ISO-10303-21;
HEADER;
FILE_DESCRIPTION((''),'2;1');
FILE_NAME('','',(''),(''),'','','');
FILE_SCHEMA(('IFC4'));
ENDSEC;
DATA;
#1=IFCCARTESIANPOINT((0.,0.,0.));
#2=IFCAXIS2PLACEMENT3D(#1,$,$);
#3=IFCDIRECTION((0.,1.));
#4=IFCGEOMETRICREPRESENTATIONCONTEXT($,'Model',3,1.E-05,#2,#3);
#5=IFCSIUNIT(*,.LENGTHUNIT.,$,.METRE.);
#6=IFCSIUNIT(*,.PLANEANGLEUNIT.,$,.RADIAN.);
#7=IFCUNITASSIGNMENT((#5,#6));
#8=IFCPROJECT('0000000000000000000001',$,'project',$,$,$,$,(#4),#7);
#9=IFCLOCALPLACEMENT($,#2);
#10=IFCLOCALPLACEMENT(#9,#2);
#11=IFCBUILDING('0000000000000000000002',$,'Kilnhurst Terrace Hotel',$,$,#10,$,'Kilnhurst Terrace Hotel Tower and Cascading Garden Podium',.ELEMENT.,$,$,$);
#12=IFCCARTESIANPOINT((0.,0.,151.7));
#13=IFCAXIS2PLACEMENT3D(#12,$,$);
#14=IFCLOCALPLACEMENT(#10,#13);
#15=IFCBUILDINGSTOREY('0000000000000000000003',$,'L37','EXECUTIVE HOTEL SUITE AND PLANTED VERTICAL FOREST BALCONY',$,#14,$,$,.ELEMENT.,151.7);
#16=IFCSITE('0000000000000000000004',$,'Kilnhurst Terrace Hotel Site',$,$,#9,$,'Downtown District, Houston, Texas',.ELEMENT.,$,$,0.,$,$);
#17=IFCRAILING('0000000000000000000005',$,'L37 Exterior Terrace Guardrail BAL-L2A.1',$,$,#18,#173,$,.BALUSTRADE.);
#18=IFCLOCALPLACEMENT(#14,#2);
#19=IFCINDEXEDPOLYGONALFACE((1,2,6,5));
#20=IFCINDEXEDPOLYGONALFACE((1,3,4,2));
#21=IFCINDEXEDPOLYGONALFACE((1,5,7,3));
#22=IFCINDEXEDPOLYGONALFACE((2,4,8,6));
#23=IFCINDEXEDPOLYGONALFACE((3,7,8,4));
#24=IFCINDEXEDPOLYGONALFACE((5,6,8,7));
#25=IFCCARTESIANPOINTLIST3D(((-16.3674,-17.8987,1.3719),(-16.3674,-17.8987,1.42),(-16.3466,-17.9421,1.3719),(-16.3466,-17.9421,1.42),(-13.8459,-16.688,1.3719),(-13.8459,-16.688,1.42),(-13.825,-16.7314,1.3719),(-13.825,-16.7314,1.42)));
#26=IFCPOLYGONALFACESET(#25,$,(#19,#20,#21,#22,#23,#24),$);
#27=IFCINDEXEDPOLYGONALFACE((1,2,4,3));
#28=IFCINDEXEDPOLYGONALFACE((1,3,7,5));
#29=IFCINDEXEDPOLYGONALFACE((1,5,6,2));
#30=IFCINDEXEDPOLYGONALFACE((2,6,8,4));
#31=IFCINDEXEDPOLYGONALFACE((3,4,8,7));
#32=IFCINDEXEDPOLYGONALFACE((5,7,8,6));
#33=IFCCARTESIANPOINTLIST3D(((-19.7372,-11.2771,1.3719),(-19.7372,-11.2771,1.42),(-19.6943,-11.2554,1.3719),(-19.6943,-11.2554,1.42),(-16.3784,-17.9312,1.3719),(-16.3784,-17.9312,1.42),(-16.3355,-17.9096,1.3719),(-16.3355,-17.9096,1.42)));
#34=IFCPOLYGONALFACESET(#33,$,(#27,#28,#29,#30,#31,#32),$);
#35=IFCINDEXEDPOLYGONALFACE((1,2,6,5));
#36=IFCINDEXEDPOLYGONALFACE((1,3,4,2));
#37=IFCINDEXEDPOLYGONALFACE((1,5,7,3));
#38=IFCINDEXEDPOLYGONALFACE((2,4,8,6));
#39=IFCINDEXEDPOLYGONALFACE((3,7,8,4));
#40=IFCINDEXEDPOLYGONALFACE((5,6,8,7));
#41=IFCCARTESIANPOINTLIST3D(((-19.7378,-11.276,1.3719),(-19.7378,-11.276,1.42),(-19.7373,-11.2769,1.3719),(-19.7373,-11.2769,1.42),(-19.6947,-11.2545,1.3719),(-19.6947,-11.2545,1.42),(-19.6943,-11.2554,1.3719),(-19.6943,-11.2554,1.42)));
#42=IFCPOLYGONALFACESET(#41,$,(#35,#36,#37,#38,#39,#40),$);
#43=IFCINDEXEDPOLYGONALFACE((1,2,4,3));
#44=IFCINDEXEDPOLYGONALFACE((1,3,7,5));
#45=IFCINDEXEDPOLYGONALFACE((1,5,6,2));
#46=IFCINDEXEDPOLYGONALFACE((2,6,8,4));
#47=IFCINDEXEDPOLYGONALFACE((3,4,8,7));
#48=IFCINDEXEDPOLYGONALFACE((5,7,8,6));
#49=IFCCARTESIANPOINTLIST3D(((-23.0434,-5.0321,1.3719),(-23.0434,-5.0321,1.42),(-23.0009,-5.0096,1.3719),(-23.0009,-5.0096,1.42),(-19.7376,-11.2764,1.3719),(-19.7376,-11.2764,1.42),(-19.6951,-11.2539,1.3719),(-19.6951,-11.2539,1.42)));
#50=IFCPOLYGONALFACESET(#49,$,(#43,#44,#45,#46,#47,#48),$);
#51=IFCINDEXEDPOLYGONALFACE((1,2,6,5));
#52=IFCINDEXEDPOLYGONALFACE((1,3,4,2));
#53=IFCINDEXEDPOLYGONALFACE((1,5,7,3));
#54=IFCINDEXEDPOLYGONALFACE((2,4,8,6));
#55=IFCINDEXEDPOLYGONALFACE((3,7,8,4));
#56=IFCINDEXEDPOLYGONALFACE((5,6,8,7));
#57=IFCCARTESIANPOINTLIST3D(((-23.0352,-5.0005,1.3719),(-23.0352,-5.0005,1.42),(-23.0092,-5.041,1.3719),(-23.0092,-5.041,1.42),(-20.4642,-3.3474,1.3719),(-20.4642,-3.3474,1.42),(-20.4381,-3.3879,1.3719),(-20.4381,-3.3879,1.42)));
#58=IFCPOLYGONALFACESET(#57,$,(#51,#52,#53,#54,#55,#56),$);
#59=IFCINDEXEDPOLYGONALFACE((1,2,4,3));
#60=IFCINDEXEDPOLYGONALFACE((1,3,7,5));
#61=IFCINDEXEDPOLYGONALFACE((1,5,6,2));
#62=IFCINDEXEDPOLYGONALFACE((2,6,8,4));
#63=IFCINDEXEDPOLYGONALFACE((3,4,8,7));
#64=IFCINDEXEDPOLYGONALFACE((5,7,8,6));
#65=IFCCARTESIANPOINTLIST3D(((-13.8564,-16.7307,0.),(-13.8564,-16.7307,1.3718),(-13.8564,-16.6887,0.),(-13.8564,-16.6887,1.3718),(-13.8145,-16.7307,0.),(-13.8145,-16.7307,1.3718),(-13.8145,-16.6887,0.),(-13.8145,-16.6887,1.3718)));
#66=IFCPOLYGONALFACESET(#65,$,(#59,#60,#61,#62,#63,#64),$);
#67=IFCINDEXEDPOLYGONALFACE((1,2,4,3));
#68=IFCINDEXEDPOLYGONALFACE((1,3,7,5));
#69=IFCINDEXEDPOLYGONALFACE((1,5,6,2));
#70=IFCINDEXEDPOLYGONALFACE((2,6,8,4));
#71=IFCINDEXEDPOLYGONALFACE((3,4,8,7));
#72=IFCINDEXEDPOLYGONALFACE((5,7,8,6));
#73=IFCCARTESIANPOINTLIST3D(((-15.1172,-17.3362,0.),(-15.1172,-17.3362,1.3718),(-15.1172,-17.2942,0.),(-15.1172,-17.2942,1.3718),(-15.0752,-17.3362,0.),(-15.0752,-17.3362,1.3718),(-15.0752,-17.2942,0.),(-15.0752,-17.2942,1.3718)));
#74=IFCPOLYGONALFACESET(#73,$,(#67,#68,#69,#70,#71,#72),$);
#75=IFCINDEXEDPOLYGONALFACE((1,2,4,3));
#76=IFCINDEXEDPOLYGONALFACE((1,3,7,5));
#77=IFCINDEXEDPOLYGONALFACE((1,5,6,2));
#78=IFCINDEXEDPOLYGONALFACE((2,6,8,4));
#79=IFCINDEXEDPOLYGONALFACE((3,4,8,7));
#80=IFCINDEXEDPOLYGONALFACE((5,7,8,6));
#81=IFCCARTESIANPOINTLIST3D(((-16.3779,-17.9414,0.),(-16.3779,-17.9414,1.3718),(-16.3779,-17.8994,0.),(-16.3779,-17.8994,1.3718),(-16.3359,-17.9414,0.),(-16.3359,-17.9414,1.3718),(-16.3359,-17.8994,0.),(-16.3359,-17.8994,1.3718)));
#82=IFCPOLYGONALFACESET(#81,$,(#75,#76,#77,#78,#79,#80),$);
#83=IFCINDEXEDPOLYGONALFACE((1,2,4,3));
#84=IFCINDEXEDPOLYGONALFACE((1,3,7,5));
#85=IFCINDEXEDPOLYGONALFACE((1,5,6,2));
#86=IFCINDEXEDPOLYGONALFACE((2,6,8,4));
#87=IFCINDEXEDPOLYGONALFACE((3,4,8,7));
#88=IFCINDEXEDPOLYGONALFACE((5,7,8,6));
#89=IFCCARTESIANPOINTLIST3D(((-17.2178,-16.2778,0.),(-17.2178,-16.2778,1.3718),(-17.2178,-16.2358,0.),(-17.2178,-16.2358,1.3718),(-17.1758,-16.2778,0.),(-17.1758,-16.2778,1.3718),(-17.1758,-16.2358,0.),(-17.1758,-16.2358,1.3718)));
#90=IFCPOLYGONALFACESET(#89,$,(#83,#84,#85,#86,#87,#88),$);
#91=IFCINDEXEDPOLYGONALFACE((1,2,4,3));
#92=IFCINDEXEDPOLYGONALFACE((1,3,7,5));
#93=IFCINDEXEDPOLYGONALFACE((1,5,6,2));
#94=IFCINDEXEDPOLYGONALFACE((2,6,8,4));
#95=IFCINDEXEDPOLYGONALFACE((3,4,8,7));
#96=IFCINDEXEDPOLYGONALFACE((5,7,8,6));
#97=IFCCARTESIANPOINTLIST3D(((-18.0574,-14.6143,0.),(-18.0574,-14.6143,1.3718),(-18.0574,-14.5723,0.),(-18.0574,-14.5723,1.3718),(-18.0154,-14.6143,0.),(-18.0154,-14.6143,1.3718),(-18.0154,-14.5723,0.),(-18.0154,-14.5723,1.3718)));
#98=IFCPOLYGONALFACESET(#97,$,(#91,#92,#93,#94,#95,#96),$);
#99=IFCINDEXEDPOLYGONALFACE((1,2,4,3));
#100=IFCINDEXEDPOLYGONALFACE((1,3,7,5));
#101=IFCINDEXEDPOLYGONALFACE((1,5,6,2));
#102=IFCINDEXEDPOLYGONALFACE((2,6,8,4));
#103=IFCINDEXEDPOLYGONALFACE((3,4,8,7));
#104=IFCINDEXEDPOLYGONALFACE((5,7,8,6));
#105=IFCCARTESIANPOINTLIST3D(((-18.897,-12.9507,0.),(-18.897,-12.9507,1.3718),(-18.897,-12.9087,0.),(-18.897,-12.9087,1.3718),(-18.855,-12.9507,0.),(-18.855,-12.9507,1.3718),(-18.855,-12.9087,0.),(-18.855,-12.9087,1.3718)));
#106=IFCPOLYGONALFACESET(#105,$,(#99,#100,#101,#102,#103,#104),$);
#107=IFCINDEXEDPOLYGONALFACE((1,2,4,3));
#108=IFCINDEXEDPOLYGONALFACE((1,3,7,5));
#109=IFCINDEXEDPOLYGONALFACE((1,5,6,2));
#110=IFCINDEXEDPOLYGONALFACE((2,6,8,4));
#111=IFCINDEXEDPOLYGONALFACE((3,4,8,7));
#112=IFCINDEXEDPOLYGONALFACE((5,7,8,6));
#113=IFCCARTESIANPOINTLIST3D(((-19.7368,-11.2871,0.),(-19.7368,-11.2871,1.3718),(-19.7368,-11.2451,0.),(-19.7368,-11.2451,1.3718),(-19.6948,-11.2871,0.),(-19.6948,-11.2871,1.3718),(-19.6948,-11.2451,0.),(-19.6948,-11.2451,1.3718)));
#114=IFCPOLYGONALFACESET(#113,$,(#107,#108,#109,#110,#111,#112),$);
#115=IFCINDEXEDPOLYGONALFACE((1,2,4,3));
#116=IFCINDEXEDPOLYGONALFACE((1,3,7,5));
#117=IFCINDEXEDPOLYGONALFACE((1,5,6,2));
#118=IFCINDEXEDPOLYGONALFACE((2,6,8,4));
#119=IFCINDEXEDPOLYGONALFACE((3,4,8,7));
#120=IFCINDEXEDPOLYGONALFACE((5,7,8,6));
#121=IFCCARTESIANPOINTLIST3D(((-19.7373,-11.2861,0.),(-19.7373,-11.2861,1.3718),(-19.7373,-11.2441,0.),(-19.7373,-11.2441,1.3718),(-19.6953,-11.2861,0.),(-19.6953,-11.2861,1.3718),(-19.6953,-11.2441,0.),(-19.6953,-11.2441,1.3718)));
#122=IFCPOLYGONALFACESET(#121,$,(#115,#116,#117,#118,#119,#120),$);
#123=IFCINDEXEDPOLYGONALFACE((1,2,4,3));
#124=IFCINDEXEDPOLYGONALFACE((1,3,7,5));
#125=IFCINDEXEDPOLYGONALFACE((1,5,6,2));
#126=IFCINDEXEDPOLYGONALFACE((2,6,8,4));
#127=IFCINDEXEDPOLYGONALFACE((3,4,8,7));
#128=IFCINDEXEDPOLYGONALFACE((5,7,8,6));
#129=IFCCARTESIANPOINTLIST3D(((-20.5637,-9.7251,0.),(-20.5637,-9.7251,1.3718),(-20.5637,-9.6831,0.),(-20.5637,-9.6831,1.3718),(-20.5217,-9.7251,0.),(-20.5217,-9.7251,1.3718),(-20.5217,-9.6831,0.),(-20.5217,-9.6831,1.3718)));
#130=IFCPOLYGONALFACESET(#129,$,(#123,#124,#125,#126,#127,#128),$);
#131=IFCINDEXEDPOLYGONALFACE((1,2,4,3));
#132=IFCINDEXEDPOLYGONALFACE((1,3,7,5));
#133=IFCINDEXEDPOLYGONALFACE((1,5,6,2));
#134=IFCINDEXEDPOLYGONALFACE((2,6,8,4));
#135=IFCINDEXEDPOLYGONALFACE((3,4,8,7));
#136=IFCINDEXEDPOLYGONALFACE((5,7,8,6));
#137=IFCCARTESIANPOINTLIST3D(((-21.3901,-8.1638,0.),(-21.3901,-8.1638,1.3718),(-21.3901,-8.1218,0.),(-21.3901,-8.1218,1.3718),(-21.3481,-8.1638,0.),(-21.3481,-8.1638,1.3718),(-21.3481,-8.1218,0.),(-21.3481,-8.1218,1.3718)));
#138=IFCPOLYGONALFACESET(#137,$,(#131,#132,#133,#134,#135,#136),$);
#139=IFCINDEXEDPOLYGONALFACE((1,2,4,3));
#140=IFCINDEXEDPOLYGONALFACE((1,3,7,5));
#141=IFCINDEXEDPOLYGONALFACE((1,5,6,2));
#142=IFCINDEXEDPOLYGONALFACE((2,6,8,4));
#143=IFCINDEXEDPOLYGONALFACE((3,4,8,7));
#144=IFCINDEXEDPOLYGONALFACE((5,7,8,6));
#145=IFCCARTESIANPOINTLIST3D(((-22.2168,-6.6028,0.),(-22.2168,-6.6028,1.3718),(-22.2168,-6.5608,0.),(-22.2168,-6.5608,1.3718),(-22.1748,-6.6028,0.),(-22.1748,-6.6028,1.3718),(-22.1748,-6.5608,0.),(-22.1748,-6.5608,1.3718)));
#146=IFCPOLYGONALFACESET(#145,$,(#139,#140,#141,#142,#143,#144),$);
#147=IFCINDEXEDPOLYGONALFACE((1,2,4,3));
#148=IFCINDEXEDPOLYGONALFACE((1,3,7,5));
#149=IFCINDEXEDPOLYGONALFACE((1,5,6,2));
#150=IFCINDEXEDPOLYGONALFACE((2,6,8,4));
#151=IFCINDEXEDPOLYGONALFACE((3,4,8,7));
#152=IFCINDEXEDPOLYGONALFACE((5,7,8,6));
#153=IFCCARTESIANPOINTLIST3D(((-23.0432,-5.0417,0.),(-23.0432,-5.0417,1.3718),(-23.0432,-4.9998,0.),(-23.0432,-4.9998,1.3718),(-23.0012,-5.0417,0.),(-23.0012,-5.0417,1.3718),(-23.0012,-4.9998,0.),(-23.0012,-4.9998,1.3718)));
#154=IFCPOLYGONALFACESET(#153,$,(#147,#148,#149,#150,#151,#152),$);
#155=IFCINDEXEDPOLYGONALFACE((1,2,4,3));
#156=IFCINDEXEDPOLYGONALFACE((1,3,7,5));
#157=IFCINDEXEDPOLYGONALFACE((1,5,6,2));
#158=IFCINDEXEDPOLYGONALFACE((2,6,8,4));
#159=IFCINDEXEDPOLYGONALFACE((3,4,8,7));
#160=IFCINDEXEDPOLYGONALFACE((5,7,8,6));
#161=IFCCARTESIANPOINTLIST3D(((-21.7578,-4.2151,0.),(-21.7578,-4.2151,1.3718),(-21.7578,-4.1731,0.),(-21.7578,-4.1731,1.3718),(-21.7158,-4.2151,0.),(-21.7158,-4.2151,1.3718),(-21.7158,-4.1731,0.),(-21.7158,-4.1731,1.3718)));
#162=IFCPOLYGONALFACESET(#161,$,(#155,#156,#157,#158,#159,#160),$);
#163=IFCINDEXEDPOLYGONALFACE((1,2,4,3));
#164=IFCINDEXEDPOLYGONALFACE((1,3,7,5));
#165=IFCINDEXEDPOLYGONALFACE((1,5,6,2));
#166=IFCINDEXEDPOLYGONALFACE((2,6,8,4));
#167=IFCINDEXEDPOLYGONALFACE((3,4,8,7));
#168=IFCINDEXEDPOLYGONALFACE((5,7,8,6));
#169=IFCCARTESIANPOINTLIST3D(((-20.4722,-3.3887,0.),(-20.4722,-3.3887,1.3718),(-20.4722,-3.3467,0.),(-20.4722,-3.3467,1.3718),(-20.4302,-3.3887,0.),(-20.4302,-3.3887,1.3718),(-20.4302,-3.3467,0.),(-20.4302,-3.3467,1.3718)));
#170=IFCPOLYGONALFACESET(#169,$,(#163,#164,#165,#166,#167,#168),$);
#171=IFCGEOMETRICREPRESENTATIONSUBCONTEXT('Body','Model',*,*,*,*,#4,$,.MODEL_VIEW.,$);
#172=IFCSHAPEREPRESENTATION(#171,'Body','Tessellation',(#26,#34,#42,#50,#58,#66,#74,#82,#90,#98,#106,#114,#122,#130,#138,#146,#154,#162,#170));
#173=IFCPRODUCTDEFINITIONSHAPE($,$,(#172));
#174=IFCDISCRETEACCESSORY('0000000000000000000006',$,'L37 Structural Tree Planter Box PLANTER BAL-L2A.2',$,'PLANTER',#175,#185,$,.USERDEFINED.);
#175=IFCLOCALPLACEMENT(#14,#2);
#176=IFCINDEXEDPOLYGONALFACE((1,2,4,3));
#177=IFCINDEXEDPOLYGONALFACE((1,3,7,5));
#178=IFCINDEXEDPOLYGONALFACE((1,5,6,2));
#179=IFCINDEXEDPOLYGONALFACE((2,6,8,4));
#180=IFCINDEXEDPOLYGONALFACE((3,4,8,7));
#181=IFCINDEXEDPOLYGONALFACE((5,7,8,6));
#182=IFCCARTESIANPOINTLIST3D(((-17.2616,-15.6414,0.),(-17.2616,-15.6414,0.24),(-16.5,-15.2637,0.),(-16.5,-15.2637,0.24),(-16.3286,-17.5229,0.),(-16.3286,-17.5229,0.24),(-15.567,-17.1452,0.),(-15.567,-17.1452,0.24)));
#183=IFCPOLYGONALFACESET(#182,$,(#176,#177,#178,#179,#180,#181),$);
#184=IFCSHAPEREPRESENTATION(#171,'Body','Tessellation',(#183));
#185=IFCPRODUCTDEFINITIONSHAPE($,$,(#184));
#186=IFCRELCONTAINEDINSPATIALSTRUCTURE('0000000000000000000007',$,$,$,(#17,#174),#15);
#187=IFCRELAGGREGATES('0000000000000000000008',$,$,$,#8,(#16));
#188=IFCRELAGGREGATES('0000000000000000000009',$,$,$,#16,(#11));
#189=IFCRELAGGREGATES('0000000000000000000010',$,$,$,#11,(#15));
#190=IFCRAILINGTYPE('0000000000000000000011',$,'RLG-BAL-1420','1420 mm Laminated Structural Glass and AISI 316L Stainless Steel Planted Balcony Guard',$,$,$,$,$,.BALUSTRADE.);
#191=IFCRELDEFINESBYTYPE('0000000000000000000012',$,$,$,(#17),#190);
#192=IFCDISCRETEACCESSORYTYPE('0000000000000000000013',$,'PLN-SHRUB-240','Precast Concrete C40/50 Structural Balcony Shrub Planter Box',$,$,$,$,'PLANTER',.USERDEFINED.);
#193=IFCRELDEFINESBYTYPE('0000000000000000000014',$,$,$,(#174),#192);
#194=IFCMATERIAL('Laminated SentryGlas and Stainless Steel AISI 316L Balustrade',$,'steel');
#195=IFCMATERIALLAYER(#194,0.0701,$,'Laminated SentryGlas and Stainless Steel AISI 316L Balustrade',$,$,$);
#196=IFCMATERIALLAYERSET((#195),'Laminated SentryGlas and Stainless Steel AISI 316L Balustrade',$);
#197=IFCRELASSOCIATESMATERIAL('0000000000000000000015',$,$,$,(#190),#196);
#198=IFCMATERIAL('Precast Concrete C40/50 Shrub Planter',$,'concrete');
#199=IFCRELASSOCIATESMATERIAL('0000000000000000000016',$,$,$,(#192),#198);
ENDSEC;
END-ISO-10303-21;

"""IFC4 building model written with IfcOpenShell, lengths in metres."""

from ifc_helpers import new_model, si_unit, direction, frame, origin, origin_2d, place, context, subcontext, project, spatial, rectangle, extrude, material, layer, layer_set, type_object, element, save


model = new_model("IFC4")

# Units and contexts
model_context = context("Model", 3, precision=1e-05, world=origin(), true_north=direction((0.0, 1.0)))
body_context = subcontext(model_context, "Body", "Model", "MODEL_VIEW")
ifc_project = project(units=[si_unit("LENGTHUNIT", "METRE"), si_unit("PLANEANGLEUNIT", "RADIAN")], contexts=[model_context])

# Site, building, storey
site_placement = place(None, origin())
site = spatial("IfcSite", under=ifc_project, at=site_placement, Name="Kilnhurst Terrace Hotel Site", LongName="Downtown District, Houston, Texas", CompositionType="ELEMENT", RefElevation=0.0)
building_placement = place(site_placement, origin())
building = spatial("IfcBuilding", under=site, at=building_placement, Name="Kilnhurst Terrace Hotel", LongName="Kilnhurst Terrace Hotel Tower and Cascading Garden Podium", CompositionType="ELEMENT")
storey_placement = place(building_placement, frame((0.0, 0.0, 151.7)))
storey = spatial("IfcBuildingStorey", under=building, at=storey_placement, Name="L37", Description="EXECUTIVE HOTEL SUITE AND PLANTED VERTICAL FOREST BALCONY", CompositionType="ELEMENT", Elevation=151.7)

# Railing
ifc_material_1 = material(Name="Laminated SentryGlas and Stainless Steel AISI 316L Balustrade", Category="steel")
ifc_layer_1 = layer(ifc_material_1, 0.0701, Name="Laminated SentryGlas and Stainless Steel AISI 316L Balustrade")
ifc_layer_set_1 = layer_set([ifc_layer_1], Name="Laminated SentryGlas and Stainless Steel AISI 316L Balustrade")
railing_type = type_object("IfcRailingType", Name="RLG-BAL-1420", Description="1420 mm Laminated Structural Glass and AISI 316L Stainless Steel Planted Balcony Guard", PredefinedType="BALUSTRADE", material=ifc_layer_set_1)
railing_placement = place(storey_placement, frame((-13.8354, -16.7097, 0.0)))
element("IfcRailing", 1, at=railing_placement, inside=storey, type_object=railing_type, Name="L37 Exterior Terrace Guardrail BAL-L2A.1", PredefinedType="BALUSTRADE", context=body_context, shape_type="SweptSolid", body=[
    extrude(rectangle(XDim=0.0481, YDim=0.0481, at=origin_2d()), frame((0.0, 0.0, 1.396), z_axis=(-0.90147, -0.432842, 0.0), x_axis=(0.432842, -0.90147, 0.0)), (0.0, 0.0, 1.0), 2.7971),
    extrude(rectangle(XDim=0.0481, YDim=0.0481, at=origin_2d()), frame((-2.5215, -1.2107, 1.396), z_axis=(-0.450617, 0.892718, 0.0), x_axis=(-0.892718, -0.450617, 0.0)), (0.0, 0.0, 1.0), 7.4539),
    extrude(rectangle(XDim=0.0481, YDim=0.0481, at=origin_2d()), frame((-5.8804, 5.4436, 1.396), z_axis=(-0.447214, 0.894427, 0.0), x_axis=(-0.894427, -0.447214, 0.0)), (0.0, 0.0, 1.0), 0.001),
    extrude(rectangle(XDim=0.0481, YDim=0.0481, at=origin_2d()), frame((-5.8809, 5.4446, 1.396), z_axis=(-0.467894, 0.883785, 0.0), x_axis=(-0.883785, -0.467894, 0.0)), (0.0, 0.0, 1.0), 7.0654),
    extrude(rectangle(XDim=0.0481, YDim=0.0481, at=origin_2d()), frame((-9.1868, 11.689, 1.396), z_axis=(0.84114, 0.540818, 0.0), x_axis=(-0.540818, 0.84114, 0.0)), (0.0, 0.0, 1.0), 3.0566),
    extrude(rectangle(XDim=0.042, YDim=0.042, at=origin_2d()), origin(), (0.0, 0.0, 1.0), 1.3718),
    extrude(rectangle(XDim=0.042, YDim=0.042, at=origin_2d()), frame((-1.2607, -0.6055, 0.0)), (0.0, 0.0, 1.0), 1.3718),
    extrude(rectangle(XDim=0.042, YDim=0.042, at=origin_2d()), frame((-2.5215, -1.2107, 0.0)), (0.0, 0.0, 1.0), 1.3718),
    extrude(rectangle(XDim=0.042, YDim=0.042, at=origin_2d()), frame((-3.3613, 0.4529, 0.0)), (0.0, 0.0, 1.0), 1.3718),
    extrude(rectangle(XDim=0.042, YDim=0.042, at=origin_2d()), frame((-4.2009, 2.1165, 0.0)), (0.0, 0.0, 1.0), 1.3718),
    extrude(rectangle(XDim=0.042, YDim=0.042, at=origin_2d()), frame((-5.0405, 3.78, 0.0)), (0.0, 0.0, 1.0), 1.3718),
    extrude(rectangle(XDim=0.042, YDim=0.042, at=origin_2d()), frame((-5.8804, 5.4436, 0.0)), (0.0, 0.0, 1.0), 1.3718),
    extrude(rectangle(XDim=0.042, YDim=0.042, at=origin_2d()), frame((-5.8809, 5.4446, 0.0)), (0.0, 0.0, 1.0), 1.3718),
    extrude(rectangle(XDim=0.042, YDim=0.042, at=origin_2d()), frame((-6.7073, 7.0056, 0.0)), (0.0, 0.0, 1.0), 1.3718),
    extrude(rectangle(XDim=0.042, YDim=0.042, at=origin_2d()), frame((-7.5337, 8.5669, 0.0)), (0.0, 0.0, 1.0), 1.3718),
    extrude(rectangle(XDim=0.042, YDim=0.042, at=origin_2d()), frame((-8.3604, 10.1279, 0.0)), (0.0, 0.0, 1.0), 1.3718),
    extrude(rectangle(XDim=0.042, YDim=0.042, at=origin_2d()), frame((-9.1868, 11.689, 0.0)), (0.0, 0.0, 1.0), 1.3718),
    extrude(rectangle(XDim=0.042, YDim=0.042, at=origin_2d()), frame((-7.9014, 12.5156, 0.0)), (0.0, 0.0, 1.0), 1.3718),
    extrude(rectangle(XDim=0.042, YDim=0.042, at=origin_2d()), frame((-6.6157, 13.342, 0.0)), (0.0, 0.0, 1.0), 1.3718),
])

# Discrete accessory
ifc_material_2 = material(Name="Precast Concrete C40/50 Shrub Planter", Category="concrete")
discrete_accessory_type = type_object("IfcDiscreteAccessoryType", Name="PLN-SHRUB-240", Description="Precast Concrete C40/50 Structural Balcony Shrub Planter Box", ElementType="PLANTER", PredefinedType="USERDEFINED", material=ifc_material_2)
discrete_accessory_placement = place(storey_placement, frame((-16.4143, -16.3933, 0.0), z_axis=(0.0, 0.0, 1.0), x_axis=(0.444244, -0.895906, 0.0)))
element("IfcDiscreteAccessory", 2, at=discrete_accessory_placement, inside=storey, type_object=discrete_accessory_type, Name="L37 Structural Tree Planter Box PLANTER BAL-L2A.2", ObjectType="PLANTER", PredefinedType="USERDEFINED", context=body_context, shape_type="SweptSolid", body=[
    extrude(rectangle(XDim=2.1001, YDim=0.8501, at=origin_2d()), origin(), (0.0, 0.0, 1.0), 0.24),
])

save(model, "model.ifc")
